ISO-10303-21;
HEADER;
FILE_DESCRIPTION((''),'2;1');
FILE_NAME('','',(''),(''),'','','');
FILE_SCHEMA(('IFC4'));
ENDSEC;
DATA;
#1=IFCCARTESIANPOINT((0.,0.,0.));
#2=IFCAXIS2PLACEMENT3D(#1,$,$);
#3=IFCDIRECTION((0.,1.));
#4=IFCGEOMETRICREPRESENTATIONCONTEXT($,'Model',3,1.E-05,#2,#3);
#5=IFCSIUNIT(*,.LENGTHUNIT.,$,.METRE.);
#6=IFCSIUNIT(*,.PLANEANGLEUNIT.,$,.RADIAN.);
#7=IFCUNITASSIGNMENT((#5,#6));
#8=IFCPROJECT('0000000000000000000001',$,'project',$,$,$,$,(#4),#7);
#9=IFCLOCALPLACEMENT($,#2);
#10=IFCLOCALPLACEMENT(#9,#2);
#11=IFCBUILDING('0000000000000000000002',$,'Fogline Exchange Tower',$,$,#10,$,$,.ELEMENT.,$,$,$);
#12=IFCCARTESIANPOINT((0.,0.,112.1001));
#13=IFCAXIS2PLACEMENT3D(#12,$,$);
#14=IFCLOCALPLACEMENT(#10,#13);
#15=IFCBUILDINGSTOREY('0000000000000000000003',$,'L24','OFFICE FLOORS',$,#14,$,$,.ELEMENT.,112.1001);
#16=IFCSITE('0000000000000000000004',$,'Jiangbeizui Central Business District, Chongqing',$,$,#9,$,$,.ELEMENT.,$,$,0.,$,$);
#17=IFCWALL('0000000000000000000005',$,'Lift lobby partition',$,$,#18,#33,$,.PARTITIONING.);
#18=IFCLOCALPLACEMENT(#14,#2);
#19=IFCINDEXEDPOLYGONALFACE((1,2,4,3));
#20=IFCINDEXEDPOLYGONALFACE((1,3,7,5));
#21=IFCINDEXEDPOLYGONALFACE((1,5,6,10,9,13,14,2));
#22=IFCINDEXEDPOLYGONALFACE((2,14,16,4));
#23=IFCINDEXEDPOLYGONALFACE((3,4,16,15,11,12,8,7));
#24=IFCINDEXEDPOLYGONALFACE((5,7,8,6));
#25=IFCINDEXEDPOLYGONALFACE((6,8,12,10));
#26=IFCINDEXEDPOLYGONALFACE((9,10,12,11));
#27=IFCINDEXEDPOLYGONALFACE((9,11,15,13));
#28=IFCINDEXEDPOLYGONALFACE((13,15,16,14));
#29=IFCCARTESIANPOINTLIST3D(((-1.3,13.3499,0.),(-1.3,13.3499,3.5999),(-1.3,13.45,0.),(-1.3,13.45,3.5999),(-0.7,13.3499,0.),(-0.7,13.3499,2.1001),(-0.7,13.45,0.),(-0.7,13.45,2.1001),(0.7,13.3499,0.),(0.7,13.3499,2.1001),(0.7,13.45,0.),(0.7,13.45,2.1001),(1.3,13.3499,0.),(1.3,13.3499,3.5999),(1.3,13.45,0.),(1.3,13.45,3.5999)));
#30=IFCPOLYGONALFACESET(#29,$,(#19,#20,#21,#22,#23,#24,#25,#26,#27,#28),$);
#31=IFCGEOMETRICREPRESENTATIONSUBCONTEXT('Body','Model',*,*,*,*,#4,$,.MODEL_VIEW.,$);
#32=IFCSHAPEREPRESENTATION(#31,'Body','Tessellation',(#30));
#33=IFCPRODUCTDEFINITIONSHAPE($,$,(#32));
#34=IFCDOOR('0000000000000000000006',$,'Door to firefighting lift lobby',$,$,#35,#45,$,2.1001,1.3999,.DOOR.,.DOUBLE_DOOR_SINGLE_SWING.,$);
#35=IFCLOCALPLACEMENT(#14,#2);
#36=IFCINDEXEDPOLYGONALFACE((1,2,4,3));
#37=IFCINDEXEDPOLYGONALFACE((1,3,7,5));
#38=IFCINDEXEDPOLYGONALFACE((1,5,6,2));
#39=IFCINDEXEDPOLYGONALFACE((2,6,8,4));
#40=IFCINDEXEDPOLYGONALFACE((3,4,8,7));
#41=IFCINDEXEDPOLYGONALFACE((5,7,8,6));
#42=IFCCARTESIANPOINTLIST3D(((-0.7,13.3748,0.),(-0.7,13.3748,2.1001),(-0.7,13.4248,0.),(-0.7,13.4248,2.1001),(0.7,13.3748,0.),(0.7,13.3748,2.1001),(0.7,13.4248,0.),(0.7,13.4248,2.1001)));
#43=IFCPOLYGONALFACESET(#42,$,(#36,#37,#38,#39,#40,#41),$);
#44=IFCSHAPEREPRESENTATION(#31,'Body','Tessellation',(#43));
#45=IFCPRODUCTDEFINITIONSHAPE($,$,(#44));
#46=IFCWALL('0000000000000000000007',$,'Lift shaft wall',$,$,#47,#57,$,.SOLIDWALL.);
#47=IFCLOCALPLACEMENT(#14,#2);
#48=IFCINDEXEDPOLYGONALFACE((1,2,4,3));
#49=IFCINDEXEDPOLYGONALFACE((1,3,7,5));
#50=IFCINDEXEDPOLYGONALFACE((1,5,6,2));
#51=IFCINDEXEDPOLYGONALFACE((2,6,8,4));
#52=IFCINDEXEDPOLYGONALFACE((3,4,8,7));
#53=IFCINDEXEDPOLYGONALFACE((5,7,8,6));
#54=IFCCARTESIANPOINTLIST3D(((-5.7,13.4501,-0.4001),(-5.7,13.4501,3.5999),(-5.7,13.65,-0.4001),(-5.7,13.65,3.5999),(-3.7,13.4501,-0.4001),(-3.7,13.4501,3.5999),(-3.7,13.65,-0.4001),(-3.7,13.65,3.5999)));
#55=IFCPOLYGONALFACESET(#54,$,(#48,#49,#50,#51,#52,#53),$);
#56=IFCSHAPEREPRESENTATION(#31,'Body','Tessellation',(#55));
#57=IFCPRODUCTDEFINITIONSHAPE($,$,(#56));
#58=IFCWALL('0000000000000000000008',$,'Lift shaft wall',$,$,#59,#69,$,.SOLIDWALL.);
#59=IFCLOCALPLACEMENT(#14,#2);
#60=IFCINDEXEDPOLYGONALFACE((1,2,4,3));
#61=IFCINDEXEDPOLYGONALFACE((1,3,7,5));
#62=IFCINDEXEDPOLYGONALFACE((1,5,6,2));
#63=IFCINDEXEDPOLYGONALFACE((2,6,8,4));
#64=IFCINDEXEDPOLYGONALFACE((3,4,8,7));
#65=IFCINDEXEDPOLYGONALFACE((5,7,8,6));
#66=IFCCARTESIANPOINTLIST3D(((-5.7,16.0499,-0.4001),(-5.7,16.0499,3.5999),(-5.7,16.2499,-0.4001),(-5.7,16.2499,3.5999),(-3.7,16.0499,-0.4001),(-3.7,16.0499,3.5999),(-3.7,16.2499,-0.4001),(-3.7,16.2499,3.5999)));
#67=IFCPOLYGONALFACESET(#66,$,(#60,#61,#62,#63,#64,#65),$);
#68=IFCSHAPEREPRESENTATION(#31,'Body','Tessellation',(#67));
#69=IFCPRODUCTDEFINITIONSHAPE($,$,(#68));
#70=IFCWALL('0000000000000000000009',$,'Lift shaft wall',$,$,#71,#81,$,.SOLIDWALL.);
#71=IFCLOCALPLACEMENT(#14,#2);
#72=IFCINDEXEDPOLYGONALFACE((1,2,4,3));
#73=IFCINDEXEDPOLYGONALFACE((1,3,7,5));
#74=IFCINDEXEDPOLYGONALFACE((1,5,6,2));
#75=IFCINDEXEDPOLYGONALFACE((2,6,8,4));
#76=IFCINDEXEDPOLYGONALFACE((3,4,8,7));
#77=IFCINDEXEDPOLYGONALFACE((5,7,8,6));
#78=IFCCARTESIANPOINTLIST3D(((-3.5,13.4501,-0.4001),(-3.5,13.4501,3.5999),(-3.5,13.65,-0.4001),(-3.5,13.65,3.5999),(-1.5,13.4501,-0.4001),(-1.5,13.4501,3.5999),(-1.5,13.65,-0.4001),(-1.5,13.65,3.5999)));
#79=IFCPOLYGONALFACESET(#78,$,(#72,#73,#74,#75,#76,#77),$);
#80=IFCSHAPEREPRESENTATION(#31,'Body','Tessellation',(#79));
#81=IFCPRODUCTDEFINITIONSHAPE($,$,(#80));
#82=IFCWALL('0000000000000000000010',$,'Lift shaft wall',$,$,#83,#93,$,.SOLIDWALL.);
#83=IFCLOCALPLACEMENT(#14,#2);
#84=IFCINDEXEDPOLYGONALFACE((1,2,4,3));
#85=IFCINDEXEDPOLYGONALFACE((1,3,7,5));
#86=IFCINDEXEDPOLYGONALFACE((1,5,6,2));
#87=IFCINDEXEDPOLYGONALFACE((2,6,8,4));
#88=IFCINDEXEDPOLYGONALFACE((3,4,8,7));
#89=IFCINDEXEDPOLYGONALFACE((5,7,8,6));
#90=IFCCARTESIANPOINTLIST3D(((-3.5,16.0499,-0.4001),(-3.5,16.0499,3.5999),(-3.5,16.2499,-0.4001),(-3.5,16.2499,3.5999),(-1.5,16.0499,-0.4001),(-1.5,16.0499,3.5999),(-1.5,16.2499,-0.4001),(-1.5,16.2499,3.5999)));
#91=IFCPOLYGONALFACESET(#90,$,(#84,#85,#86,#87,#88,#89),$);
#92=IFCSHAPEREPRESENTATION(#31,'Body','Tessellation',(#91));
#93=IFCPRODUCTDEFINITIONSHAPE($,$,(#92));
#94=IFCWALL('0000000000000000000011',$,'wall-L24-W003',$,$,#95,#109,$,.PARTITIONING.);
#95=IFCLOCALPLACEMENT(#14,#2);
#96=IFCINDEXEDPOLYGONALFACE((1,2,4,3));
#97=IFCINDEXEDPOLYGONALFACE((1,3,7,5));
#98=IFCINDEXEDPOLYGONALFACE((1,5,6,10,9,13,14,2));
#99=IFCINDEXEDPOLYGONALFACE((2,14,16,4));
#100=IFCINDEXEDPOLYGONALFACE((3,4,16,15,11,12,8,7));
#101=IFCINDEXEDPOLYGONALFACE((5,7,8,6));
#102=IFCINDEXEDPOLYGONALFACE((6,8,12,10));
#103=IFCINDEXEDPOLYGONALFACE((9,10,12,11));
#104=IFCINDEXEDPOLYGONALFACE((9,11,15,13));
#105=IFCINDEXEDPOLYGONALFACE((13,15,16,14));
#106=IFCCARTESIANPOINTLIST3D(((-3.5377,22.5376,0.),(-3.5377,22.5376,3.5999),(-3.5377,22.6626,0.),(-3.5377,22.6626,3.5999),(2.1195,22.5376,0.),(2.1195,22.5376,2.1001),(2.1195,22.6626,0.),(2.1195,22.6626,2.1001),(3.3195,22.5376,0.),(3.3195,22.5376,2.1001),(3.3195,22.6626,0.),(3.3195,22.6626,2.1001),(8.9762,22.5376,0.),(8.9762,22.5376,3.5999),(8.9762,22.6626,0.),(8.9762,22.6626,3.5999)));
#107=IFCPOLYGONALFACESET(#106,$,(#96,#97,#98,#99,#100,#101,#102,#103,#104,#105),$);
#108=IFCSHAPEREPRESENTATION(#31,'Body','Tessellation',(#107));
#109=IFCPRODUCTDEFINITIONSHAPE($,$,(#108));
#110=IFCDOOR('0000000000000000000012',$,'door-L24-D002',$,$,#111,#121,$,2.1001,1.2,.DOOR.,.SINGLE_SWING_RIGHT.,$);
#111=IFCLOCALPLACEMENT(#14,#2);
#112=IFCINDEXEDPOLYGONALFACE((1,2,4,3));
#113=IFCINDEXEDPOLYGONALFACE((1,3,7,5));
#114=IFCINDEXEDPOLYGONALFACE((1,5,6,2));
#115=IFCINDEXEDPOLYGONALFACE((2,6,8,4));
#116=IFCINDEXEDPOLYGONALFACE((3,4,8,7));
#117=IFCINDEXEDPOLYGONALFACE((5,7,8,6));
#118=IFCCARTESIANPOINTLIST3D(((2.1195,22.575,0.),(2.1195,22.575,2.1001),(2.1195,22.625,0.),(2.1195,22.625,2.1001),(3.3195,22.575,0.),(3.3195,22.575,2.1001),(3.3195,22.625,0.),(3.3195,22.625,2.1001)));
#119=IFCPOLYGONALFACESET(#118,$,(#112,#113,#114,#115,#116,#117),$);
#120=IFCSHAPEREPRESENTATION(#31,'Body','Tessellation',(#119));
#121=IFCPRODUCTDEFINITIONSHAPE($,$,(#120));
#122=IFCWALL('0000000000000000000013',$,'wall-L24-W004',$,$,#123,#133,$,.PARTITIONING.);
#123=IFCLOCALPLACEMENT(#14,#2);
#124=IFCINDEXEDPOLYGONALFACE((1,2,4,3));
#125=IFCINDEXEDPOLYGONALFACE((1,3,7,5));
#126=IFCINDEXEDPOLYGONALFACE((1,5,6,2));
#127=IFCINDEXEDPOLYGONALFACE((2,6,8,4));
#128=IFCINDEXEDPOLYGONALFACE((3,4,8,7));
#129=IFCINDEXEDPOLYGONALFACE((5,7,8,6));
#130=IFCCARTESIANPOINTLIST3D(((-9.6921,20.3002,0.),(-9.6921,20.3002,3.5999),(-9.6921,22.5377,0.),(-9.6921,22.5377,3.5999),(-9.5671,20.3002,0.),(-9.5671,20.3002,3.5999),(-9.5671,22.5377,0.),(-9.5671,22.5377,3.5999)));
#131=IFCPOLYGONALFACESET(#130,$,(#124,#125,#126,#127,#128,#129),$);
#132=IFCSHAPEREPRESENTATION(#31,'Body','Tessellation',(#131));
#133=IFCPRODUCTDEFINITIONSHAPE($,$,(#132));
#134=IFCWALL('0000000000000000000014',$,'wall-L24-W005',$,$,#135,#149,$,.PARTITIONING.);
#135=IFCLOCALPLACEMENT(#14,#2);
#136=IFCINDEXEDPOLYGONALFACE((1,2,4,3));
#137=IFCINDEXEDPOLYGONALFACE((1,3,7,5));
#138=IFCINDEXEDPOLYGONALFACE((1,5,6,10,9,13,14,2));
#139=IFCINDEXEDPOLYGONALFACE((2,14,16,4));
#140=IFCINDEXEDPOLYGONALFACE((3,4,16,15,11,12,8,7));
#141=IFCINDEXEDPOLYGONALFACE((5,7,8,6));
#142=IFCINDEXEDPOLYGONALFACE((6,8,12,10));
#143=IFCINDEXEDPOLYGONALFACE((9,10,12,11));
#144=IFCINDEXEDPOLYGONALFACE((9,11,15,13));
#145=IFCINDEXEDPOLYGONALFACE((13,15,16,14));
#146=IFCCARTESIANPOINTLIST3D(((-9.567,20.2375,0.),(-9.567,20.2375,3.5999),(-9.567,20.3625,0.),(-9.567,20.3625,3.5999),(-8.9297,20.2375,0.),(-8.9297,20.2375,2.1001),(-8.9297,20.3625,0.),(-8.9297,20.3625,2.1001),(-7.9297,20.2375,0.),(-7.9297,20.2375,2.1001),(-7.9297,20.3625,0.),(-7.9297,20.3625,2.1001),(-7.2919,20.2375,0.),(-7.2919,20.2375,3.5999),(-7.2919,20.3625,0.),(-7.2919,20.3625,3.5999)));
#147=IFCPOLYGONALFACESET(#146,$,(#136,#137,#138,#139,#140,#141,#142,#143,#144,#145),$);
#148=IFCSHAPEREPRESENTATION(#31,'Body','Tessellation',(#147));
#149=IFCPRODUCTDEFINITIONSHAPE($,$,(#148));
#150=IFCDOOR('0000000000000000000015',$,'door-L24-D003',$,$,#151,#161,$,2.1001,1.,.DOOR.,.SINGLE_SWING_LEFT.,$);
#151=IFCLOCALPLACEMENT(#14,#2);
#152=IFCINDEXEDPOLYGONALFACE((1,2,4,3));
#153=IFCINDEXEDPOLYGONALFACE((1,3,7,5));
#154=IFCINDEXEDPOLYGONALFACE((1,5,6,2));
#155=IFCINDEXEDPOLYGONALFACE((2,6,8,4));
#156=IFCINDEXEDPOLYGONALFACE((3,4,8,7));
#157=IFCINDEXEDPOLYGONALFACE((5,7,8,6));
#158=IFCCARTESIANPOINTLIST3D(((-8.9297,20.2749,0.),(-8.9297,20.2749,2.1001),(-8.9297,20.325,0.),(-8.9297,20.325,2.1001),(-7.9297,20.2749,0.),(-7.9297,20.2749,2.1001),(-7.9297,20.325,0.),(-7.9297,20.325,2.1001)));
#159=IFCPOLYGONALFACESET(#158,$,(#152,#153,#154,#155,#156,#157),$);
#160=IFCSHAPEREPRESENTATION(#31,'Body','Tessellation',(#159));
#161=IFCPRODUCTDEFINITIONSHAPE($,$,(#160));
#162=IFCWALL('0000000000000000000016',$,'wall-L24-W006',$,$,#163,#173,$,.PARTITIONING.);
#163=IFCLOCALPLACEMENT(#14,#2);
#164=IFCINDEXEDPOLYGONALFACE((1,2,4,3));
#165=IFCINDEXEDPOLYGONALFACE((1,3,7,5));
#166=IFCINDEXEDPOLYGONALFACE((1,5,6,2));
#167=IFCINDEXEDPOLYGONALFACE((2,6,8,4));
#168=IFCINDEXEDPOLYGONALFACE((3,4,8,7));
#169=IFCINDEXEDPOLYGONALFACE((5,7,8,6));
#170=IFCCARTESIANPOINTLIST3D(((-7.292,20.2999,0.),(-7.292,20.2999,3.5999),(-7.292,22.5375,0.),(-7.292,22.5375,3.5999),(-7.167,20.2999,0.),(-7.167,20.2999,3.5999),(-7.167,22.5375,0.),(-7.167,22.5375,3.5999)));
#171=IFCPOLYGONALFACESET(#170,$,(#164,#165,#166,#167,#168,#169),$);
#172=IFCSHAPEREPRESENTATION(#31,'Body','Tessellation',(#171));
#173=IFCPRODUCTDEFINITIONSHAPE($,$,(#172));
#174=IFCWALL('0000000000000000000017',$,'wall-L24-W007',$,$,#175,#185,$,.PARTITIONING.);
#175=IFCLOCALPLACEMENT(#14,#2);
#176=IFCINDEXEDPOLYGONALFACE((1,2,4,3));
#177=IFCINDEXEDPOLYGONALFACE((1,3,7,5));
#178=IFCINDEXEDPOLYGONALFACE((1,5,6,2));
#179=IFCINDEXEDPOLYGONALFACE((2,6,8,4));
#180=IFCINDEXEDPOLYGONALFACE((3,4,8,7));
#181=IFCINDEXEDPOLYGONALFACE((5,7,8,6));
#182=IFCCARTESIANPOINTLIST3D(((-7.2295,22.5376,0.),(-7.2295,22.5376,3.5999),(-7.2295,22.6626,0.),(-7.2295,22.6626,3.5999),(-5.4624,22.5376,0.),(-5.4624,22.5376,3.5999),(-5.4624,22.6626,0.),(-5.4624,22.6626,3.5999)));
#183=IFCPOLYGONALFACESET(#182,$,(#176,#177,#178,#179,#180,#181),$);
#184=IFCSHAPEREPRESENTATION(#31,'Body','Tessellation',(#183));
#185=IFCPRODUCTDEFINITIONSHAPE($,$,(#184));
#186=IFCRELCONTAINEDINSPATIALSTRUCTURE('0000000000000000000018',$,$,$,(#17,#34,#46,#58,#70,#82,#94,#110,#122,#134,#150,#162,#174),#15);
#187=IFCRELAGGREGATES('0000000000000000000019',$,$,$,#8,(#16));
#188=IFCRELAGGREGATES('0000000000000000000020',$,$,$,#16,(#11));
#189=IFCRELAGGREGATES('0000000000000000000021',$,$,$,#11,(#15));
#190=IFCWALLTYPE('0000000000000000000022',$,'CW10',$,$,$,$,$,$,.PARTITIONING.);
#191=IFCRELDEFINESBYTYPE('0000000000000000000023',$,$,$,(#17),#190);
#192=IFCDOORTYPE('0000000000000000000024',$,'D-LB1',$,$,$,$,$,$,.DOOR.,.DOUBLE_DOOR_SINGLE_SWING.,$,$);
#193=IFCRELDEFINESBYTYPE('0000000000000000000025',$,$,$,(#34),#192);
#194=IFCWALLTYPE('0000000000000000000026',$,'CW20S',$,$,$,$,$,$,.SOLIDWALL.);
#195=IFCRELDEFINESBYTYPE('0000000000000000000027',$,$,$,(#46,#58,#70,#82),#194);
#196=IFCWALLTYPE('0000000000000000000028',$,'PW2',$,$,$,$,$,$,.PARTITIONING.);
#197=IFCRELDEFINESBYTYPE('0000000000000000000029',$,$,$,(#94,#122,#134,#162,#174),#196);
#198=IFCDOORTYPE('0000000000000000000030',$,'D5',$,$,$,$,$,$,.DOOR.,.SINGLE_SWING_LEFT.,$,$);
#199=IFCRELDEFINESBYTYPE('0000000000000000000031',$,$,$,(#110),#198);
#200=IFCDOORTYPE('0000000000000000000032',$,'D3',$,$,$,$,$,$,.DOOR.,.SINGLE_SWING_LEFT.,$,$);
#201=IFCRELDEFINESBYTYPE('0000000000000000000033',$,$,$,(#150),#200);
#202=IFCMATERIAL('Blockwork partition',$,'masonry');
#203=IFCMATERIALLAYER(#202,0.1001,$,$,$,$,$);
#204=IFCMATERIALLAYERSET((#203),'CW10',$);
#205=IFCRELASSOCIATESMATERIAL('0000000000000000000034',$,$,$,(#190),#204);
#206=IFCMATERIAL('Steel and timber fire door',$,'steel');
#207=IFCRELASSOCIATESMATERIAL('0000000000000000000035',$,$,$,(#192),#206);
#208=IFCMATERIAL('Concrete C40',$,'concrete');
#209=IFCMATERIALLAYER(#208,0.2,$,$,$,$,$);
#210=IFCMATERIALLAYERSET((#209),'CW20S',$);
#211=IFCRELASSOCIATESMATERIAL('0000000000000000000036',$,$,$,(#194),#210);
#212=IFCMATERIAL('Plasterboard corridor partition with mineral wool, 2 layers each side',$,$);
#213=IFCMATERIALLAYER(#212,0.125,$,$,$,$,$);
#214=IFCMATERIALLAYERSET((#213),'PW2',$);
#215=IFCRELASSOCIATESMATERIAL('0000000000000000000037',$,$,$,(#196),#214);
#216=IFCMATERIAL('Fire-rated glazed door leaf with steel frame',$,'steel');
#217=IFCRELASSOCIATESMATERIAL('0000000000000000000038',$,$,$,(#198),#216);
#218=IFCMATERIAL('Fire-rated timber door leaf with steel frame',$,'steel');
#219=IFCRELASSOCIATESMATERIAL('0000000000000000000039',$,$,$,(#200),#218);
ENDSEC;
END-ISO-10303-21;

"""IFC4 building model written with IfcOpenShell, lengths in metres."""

from ifc_helpers import new_model, si_unit, direction, frame, frame_2d, origin, place, context, subcontext, project, spatial, rectangle, extrude, material, layer, layer_set, type_object, element, fill, save


model = new_model("IFC4")

# Units and contexts
model_context = context("Model", 3, precision=1e-05, world=origin(), true_north=direction((0.0, 1.0)))
body_context = subcontext(model_context, "Body", "Model", "MODEL_VIEW")
ifc_project = project(units=[si_unit("LENGTHUNIT", "METRE"), si_unit("PLANEANGLEUNIT", "RADIAN")], contexts=[model_context])

# Site, building, storey
site_placement = place(None, origin())
site = spatial("IfcSite", under=ifc_project, at=site_placement, Name="Jiangbeizui Central Business District, Chongqing", CompositionType="ELEMENT", RefElevation=0.0)
building_placement = place(site_placement, origin())
building = spatial("IfcBuilding", under=site, at=building_placement, Name="Fogline Exchange Tower", CompositionType="ELEMENT")
storey_placement = place(building_placement, frame((0.0, 0.0, 112.1001)))
storey = spatial("IfcBuildingStorey", under=building, at=storey_placement, Name="L24", Description="OFFICE FLOORS", CompositionType="ELEMENT", Elevation=112.1001)

# Shared definitions
ifc_material_1 = material(Name="Concrete C40", Category="concrete")

# Wall, opening, door
ifc_material_2 = material(Name="Blockwork partition", Category="masonry")
ifc_layer_1 = layer(ifc_material_2, 0.1001)
ifc_layer_set_1 = layer_set([ifc_layer_1], Name="CW10")
wall_type_1 = type_object("IfcWallType", Name="CW10", PredefinedType="PARTITIONING", material=ifc_layer_set_1)
wall_1_placement = place(storey_placement, frame((-1.3, 13.3999, 0.0), z_axis=(0.0, 0.0, 1.0), x_axis=(1.0, 0.0, 0.0)))
wall_1 = element("IfcWall", 1, at=wall_1_placement, inside=storey, type_object=wall_type_1, Name="Lift lobby partition", PredefinedType="PARTITIONING", context=body_context, shape_type="SweptSolid", body=[
    extrude(rectangle(XDim=2.6001, YDim=0.1001, at=frame_2d((1.3, 0.0))), origin(), (0.0, 0.0, 1.0), 3.5999),
])
opening_1_placement = place(wall_1_placement, frame((0.6001, 0.0, 0.0)))
opening_1 = element("IfcOpeningElement", 2, at=opening_1_placement, cuts=wall_1, PredefinedType="OPENING", context=body_context, shape_type="SweptSolid", body=[
    extrude(rectangle(XDim=1.3999, YDim=2.1001, at=frame_2d((0.7, 1.05))), frame((0.0, 0.0601, 0.0), z_axis=(0.0, -1.0, 0.0), x_axis=(1.0, 0.0, 0.0)), (0.0, 0.0, 1.0), 0.1201),
])
ifc_material_3 = material(Name="Steel and timber fire door", Category="steel")
door_type_1 = type_object("IfcDoorType", Name="D-LB1", OperationType="DOUBLE_DOOR_SINGLE_SWING", PredefinedType="DOOR", material=ifc_material_3)
door_1_placement = place(opening_1_placement, origin())
door_1 = element("IfcDoor", 3, at=door_1_placement, inside=storey, type_object=door_type_1, Name="Door to firefighting lift lobby", OperationType="DOUBLE_DOOR_SINGLE_SWING", OverallHeight=2.1001, OverallWidth=1.3999, PredefinedType="DOOR", context=body_context, shape_type="SweptSolid", body=[
    extrude(rectangle(XDim=1.3999, YDim=2.1001, at=frame_2d((0.7, 1.05))), frame((0.0, 0.0249, 0.0), z_axis=(0.0, -1.0, 0.0), x_axis=(1.0, 0.0, 0.0)), (0.0, 0.0, 1.0), 0.05),
])
fill(opening_1, door_1)

# Walls
ifc_layer_2 = layer(ifc_material_1, 0.2)
ifc_layer_set_2 = layer_set([ifc_layer_2], Name="CW20S")
wall_type_2 = type_object("IfcWallType", Name="CW20S", PredefinedType="SOLIDWALL", material=ifc_layer_set_2)
for number, where, z_axis, x_axis, name in (
    (4, (-5.7, 13.55, -0.4001), (0.0, 0.0, 1.0), (1.0, 0.0, 0.0), "Lift shaft wall"),
    (5, (-5.7, 16.1499, -0.4001), (0.0, 0.0, 1.0), (1.0, 0.0, 0.0), "Lift shaft wall"),
    (6, (-3.5, 13.55, -0.4001), (0.0, 0.0, 1.0), (1.0, 0.0, 0.0), "Lift shaft wall"),
    (7, (-3.5, 16.1499, -0.4001), (0.0, 0.0, 1.0), (1.0, 0.0, 0.0), "Lift shaft wall"),
):
    element("IfcWall", number, at=place(storey_placement, frame(where, z_axis=z_axis, x_axis=x_axis)), inside=storey, type_object=wall_type_2, Name=name, PredefinedType="SOLIDWALL", context=body_context, shape_type="SweptSolid", body=[
        extrude(rectangle(XDim=2.0, YDim=0.2, at=frame_2d((1.0, 0.0))), origin(), (0.0, 0.0, 1.0), 4.0),
    ])

# Wall, opening, door
ifc_material_4 = material(Name="Plasterboard corridor partition with mineral wool, 2 layers each side")
ifc_layer_3 = layer(ifc_material_4, 0.125)
ifc_layer_set_3 = layer_set([ifc_layer_3], Name="PW2")
wall_type_3 = type_object("IfcWallType", Name="PW2", PredefinedType="PARTITIONING", material=ifc_layer_set_3)
wall_2_placement = place(storey_placement, frame((-3.5376, 22.6001, 0.0), z_axis=(0.0, 0.0, 1.0), x_axis=(1.0, 0.0, 0.0)))
wall_2 = element("IfcWall", 8, at=wall_2_placement, inside=storey, type_object=wall_type_3, Name="wall-L24-W003", PredefinedType="PARTITIONING", context=body_context, shape_type="SweptSolid", body=[
    extrude(rectangle(XDim=12.5139, YDim=0.125, at=frame_2d((6.2568, 0.0))), origin(), (0.0, 0.0, 1.0), 3.5999),
])
opening_2_placement = place(wall_2_placement, frame((5.657, 0.0, 0.0)))
opening_2 = element("IfcOpeningElement", 9, at=opening_2_placement, cuts=wall_2, PredefinedType="OPENING", context=body_context, shape_type="SweptSolid", body=[
    extrude(rectangle(XDim=1.2, YDim=2.1001, at=frame_2d((0.6001, 1.05))), frame((0.0, 0.0725, 0.0), z_axis=(0.0, -1.0, 0.0), x_axis=(1.0, 0.0, 0.0)), (0.0, 0.0, 1.0), 0.145),
])
ifc_material_5 = material(Name="Fire-rated glazed door leaf with steel frame", Category="steel")
door_type_2 = type_object("IfcDoorType", Name="D5", OperationType="SINGLE_SWING_LEFT", PredefinedType="DOOR", material=ifc_material_5)
door_2_placement = place(opening_2_placement, origin())
door_2 = element("IfcDoor", 10, at=door_2_placement, inside=storey, type_object=door_type_2, Name="door-L24-D002", OperationType="SINGLE_SWING_RIGHT", OverallHeight=2.1001, OverallWidth=1.2, PredefinedType="DOOR", context=body_context, shape_type="SweptSolid", body=[
    extrude(rectangle(XDim=1.2, YDim=2.1001, at=frame_2d((0.6001, 1.05))), frame((0.0, 0.0249, 0.0), z_axis=(0.0, -1.0, 0.0), x_axis=(1.0, 0.0, 0.0)), (0.0, 0.0, 1.0), 0.05),
])
fill(opening_2, door_2)

# Wall
wall_3_placement = place(storey_placement, frame((-9.6296, 22.5376, 0.0), z_axis=(0.0, 0.0, 1.0), x_axis=(0.0, -1.0, 0.0)))
element("IfcWall", 11, at=wall_3_placement, inside=storey, type_object=wall_type_3, Name="wall-L24-W004", PredefinedType="PARTITIONING", context=body_context, shape_type="SweptSolid", body=[
    extrude(rectangle(XDim=2.2375, YDim=0.125, at=frame_2d((1.1187, 0.0))), origin(), (0.0, 0.0, 1.0), 3.5999),
])

# Wall, opening, door
wall_4_placement = place(storey_placement, frame((-9.5671, 20.3, 0.0), z_axis=(0.0, 0.0, 1.0), x_axis=(1.0, 0.0, 0.0)))
wall_4 = element("IfcWall", 12, at=wall_4_placement, inside=storey, type_object=wall_type_3, Name="wall-L24-W005", PredefinedType="PARTITIONING", context=body_context, shape_type="SweptSolid", body=[
    extrude(rectangle(XDim=2.2751, YDim=0.125, at=frame_2d((1.1377, 0.0))), origin(), (0.0, 0.0, 1.0), 3.5999),
])
opening_3_placement = place(wall_4_placement, frame((0.6375, 0.0, 0.0)))
opening_3 = element("IfcOpeningElement", 13, at=opening_3_placement, cuts=wall_4, PredefinedType="OPENING", context=body_context, shape_type="SweptSolid", body=[
    extrude(rectangle(XDim=1.0, YDim=2.1001, at=frame_2d((0.5, 1.05))), frame((0.0, 0.0725, 0.0), z_axis=(0.0, -1.0, 0.0), x_axis=(1.0, 0.0, 0.0)), (0.0, 0.0, 1.0), 0.145),
])
ifc_material_6 = material(Name="Fire-rated timber door leaf with steel frame", Category="steel")
door_type_3 = type_object("IfcDoorType", Name="D3", OperationType="SINGLE_SWING_LEFT", PredefinedType="DOOR", material=ifc_material_6)
door_3_placement = place(opening_3_placement, origin())
door_3 = element("IfcDoor", 14, at=door_3_placement, inside=storey, type_object=door_type_3, Name="door-L24-D003", OperationType="SINGLE_SWING_LEFT", OverallHeight=2.1001, OverallWidth=1.0, PredefinedType="DOOR", context=body_context, shape_type="SweptSolid", body=[
    extrude(rectangle(XDim=1.0, YDim=2.1001, at=frame_2d((0.5, 1.05))), frame((0.0, 0.0249, 0.0), z_axis=(0.0, -1.0, 0.0), x_axis=(1.0, 0.0, 0.0)), (0.0, 0.0, 1.0), 0.05),
])
fill(opening_3, door_3)

# Walls
wall_5_placement = place(storey_placement, frame((-7.2295, 20.3, 0.0), z_axis=(0.0, 0.0, 1.0), x_axis=(0.0, 1.0, 0.0)))
element("IfcWall", 15, at=wall_5_placement, inside=storey, type_object=wall_type_3, Name="wall-L24-W006", PredefinedType="PARTITIONING", context=body_context, shape_type="SweptSolid", body=[
    extrude(rectangle(XDim=2.2375, YDim=0.125, at=frame_2d((1.1187, 0.0))), origin(), (0.0, 0.0, 1.0), 3.5999),
])
wall_6_placement = place(storey_placement, frame((-7.2295, 22.6001, 0.0), z_axis=(0.0, 0.0, 1.0), x_axis=(1.0, 0.0, 0.0)))
element("IfcWall", 16, at=wall_6_placement, inside=storey, type_object=wall_type_3, Name="wall-L24-W007", PredefinedType="PARTITIONING", context=body_context, shape_type="SweptSolid", body=[
    extrude(rectangle(XDim=1.7671, YDim=0.125, at=frame_2d((0.8835, 0.0))), origin(), (0.0, 0.0, 1.0), 3.5999),
])

save(model, "model.ifc")
